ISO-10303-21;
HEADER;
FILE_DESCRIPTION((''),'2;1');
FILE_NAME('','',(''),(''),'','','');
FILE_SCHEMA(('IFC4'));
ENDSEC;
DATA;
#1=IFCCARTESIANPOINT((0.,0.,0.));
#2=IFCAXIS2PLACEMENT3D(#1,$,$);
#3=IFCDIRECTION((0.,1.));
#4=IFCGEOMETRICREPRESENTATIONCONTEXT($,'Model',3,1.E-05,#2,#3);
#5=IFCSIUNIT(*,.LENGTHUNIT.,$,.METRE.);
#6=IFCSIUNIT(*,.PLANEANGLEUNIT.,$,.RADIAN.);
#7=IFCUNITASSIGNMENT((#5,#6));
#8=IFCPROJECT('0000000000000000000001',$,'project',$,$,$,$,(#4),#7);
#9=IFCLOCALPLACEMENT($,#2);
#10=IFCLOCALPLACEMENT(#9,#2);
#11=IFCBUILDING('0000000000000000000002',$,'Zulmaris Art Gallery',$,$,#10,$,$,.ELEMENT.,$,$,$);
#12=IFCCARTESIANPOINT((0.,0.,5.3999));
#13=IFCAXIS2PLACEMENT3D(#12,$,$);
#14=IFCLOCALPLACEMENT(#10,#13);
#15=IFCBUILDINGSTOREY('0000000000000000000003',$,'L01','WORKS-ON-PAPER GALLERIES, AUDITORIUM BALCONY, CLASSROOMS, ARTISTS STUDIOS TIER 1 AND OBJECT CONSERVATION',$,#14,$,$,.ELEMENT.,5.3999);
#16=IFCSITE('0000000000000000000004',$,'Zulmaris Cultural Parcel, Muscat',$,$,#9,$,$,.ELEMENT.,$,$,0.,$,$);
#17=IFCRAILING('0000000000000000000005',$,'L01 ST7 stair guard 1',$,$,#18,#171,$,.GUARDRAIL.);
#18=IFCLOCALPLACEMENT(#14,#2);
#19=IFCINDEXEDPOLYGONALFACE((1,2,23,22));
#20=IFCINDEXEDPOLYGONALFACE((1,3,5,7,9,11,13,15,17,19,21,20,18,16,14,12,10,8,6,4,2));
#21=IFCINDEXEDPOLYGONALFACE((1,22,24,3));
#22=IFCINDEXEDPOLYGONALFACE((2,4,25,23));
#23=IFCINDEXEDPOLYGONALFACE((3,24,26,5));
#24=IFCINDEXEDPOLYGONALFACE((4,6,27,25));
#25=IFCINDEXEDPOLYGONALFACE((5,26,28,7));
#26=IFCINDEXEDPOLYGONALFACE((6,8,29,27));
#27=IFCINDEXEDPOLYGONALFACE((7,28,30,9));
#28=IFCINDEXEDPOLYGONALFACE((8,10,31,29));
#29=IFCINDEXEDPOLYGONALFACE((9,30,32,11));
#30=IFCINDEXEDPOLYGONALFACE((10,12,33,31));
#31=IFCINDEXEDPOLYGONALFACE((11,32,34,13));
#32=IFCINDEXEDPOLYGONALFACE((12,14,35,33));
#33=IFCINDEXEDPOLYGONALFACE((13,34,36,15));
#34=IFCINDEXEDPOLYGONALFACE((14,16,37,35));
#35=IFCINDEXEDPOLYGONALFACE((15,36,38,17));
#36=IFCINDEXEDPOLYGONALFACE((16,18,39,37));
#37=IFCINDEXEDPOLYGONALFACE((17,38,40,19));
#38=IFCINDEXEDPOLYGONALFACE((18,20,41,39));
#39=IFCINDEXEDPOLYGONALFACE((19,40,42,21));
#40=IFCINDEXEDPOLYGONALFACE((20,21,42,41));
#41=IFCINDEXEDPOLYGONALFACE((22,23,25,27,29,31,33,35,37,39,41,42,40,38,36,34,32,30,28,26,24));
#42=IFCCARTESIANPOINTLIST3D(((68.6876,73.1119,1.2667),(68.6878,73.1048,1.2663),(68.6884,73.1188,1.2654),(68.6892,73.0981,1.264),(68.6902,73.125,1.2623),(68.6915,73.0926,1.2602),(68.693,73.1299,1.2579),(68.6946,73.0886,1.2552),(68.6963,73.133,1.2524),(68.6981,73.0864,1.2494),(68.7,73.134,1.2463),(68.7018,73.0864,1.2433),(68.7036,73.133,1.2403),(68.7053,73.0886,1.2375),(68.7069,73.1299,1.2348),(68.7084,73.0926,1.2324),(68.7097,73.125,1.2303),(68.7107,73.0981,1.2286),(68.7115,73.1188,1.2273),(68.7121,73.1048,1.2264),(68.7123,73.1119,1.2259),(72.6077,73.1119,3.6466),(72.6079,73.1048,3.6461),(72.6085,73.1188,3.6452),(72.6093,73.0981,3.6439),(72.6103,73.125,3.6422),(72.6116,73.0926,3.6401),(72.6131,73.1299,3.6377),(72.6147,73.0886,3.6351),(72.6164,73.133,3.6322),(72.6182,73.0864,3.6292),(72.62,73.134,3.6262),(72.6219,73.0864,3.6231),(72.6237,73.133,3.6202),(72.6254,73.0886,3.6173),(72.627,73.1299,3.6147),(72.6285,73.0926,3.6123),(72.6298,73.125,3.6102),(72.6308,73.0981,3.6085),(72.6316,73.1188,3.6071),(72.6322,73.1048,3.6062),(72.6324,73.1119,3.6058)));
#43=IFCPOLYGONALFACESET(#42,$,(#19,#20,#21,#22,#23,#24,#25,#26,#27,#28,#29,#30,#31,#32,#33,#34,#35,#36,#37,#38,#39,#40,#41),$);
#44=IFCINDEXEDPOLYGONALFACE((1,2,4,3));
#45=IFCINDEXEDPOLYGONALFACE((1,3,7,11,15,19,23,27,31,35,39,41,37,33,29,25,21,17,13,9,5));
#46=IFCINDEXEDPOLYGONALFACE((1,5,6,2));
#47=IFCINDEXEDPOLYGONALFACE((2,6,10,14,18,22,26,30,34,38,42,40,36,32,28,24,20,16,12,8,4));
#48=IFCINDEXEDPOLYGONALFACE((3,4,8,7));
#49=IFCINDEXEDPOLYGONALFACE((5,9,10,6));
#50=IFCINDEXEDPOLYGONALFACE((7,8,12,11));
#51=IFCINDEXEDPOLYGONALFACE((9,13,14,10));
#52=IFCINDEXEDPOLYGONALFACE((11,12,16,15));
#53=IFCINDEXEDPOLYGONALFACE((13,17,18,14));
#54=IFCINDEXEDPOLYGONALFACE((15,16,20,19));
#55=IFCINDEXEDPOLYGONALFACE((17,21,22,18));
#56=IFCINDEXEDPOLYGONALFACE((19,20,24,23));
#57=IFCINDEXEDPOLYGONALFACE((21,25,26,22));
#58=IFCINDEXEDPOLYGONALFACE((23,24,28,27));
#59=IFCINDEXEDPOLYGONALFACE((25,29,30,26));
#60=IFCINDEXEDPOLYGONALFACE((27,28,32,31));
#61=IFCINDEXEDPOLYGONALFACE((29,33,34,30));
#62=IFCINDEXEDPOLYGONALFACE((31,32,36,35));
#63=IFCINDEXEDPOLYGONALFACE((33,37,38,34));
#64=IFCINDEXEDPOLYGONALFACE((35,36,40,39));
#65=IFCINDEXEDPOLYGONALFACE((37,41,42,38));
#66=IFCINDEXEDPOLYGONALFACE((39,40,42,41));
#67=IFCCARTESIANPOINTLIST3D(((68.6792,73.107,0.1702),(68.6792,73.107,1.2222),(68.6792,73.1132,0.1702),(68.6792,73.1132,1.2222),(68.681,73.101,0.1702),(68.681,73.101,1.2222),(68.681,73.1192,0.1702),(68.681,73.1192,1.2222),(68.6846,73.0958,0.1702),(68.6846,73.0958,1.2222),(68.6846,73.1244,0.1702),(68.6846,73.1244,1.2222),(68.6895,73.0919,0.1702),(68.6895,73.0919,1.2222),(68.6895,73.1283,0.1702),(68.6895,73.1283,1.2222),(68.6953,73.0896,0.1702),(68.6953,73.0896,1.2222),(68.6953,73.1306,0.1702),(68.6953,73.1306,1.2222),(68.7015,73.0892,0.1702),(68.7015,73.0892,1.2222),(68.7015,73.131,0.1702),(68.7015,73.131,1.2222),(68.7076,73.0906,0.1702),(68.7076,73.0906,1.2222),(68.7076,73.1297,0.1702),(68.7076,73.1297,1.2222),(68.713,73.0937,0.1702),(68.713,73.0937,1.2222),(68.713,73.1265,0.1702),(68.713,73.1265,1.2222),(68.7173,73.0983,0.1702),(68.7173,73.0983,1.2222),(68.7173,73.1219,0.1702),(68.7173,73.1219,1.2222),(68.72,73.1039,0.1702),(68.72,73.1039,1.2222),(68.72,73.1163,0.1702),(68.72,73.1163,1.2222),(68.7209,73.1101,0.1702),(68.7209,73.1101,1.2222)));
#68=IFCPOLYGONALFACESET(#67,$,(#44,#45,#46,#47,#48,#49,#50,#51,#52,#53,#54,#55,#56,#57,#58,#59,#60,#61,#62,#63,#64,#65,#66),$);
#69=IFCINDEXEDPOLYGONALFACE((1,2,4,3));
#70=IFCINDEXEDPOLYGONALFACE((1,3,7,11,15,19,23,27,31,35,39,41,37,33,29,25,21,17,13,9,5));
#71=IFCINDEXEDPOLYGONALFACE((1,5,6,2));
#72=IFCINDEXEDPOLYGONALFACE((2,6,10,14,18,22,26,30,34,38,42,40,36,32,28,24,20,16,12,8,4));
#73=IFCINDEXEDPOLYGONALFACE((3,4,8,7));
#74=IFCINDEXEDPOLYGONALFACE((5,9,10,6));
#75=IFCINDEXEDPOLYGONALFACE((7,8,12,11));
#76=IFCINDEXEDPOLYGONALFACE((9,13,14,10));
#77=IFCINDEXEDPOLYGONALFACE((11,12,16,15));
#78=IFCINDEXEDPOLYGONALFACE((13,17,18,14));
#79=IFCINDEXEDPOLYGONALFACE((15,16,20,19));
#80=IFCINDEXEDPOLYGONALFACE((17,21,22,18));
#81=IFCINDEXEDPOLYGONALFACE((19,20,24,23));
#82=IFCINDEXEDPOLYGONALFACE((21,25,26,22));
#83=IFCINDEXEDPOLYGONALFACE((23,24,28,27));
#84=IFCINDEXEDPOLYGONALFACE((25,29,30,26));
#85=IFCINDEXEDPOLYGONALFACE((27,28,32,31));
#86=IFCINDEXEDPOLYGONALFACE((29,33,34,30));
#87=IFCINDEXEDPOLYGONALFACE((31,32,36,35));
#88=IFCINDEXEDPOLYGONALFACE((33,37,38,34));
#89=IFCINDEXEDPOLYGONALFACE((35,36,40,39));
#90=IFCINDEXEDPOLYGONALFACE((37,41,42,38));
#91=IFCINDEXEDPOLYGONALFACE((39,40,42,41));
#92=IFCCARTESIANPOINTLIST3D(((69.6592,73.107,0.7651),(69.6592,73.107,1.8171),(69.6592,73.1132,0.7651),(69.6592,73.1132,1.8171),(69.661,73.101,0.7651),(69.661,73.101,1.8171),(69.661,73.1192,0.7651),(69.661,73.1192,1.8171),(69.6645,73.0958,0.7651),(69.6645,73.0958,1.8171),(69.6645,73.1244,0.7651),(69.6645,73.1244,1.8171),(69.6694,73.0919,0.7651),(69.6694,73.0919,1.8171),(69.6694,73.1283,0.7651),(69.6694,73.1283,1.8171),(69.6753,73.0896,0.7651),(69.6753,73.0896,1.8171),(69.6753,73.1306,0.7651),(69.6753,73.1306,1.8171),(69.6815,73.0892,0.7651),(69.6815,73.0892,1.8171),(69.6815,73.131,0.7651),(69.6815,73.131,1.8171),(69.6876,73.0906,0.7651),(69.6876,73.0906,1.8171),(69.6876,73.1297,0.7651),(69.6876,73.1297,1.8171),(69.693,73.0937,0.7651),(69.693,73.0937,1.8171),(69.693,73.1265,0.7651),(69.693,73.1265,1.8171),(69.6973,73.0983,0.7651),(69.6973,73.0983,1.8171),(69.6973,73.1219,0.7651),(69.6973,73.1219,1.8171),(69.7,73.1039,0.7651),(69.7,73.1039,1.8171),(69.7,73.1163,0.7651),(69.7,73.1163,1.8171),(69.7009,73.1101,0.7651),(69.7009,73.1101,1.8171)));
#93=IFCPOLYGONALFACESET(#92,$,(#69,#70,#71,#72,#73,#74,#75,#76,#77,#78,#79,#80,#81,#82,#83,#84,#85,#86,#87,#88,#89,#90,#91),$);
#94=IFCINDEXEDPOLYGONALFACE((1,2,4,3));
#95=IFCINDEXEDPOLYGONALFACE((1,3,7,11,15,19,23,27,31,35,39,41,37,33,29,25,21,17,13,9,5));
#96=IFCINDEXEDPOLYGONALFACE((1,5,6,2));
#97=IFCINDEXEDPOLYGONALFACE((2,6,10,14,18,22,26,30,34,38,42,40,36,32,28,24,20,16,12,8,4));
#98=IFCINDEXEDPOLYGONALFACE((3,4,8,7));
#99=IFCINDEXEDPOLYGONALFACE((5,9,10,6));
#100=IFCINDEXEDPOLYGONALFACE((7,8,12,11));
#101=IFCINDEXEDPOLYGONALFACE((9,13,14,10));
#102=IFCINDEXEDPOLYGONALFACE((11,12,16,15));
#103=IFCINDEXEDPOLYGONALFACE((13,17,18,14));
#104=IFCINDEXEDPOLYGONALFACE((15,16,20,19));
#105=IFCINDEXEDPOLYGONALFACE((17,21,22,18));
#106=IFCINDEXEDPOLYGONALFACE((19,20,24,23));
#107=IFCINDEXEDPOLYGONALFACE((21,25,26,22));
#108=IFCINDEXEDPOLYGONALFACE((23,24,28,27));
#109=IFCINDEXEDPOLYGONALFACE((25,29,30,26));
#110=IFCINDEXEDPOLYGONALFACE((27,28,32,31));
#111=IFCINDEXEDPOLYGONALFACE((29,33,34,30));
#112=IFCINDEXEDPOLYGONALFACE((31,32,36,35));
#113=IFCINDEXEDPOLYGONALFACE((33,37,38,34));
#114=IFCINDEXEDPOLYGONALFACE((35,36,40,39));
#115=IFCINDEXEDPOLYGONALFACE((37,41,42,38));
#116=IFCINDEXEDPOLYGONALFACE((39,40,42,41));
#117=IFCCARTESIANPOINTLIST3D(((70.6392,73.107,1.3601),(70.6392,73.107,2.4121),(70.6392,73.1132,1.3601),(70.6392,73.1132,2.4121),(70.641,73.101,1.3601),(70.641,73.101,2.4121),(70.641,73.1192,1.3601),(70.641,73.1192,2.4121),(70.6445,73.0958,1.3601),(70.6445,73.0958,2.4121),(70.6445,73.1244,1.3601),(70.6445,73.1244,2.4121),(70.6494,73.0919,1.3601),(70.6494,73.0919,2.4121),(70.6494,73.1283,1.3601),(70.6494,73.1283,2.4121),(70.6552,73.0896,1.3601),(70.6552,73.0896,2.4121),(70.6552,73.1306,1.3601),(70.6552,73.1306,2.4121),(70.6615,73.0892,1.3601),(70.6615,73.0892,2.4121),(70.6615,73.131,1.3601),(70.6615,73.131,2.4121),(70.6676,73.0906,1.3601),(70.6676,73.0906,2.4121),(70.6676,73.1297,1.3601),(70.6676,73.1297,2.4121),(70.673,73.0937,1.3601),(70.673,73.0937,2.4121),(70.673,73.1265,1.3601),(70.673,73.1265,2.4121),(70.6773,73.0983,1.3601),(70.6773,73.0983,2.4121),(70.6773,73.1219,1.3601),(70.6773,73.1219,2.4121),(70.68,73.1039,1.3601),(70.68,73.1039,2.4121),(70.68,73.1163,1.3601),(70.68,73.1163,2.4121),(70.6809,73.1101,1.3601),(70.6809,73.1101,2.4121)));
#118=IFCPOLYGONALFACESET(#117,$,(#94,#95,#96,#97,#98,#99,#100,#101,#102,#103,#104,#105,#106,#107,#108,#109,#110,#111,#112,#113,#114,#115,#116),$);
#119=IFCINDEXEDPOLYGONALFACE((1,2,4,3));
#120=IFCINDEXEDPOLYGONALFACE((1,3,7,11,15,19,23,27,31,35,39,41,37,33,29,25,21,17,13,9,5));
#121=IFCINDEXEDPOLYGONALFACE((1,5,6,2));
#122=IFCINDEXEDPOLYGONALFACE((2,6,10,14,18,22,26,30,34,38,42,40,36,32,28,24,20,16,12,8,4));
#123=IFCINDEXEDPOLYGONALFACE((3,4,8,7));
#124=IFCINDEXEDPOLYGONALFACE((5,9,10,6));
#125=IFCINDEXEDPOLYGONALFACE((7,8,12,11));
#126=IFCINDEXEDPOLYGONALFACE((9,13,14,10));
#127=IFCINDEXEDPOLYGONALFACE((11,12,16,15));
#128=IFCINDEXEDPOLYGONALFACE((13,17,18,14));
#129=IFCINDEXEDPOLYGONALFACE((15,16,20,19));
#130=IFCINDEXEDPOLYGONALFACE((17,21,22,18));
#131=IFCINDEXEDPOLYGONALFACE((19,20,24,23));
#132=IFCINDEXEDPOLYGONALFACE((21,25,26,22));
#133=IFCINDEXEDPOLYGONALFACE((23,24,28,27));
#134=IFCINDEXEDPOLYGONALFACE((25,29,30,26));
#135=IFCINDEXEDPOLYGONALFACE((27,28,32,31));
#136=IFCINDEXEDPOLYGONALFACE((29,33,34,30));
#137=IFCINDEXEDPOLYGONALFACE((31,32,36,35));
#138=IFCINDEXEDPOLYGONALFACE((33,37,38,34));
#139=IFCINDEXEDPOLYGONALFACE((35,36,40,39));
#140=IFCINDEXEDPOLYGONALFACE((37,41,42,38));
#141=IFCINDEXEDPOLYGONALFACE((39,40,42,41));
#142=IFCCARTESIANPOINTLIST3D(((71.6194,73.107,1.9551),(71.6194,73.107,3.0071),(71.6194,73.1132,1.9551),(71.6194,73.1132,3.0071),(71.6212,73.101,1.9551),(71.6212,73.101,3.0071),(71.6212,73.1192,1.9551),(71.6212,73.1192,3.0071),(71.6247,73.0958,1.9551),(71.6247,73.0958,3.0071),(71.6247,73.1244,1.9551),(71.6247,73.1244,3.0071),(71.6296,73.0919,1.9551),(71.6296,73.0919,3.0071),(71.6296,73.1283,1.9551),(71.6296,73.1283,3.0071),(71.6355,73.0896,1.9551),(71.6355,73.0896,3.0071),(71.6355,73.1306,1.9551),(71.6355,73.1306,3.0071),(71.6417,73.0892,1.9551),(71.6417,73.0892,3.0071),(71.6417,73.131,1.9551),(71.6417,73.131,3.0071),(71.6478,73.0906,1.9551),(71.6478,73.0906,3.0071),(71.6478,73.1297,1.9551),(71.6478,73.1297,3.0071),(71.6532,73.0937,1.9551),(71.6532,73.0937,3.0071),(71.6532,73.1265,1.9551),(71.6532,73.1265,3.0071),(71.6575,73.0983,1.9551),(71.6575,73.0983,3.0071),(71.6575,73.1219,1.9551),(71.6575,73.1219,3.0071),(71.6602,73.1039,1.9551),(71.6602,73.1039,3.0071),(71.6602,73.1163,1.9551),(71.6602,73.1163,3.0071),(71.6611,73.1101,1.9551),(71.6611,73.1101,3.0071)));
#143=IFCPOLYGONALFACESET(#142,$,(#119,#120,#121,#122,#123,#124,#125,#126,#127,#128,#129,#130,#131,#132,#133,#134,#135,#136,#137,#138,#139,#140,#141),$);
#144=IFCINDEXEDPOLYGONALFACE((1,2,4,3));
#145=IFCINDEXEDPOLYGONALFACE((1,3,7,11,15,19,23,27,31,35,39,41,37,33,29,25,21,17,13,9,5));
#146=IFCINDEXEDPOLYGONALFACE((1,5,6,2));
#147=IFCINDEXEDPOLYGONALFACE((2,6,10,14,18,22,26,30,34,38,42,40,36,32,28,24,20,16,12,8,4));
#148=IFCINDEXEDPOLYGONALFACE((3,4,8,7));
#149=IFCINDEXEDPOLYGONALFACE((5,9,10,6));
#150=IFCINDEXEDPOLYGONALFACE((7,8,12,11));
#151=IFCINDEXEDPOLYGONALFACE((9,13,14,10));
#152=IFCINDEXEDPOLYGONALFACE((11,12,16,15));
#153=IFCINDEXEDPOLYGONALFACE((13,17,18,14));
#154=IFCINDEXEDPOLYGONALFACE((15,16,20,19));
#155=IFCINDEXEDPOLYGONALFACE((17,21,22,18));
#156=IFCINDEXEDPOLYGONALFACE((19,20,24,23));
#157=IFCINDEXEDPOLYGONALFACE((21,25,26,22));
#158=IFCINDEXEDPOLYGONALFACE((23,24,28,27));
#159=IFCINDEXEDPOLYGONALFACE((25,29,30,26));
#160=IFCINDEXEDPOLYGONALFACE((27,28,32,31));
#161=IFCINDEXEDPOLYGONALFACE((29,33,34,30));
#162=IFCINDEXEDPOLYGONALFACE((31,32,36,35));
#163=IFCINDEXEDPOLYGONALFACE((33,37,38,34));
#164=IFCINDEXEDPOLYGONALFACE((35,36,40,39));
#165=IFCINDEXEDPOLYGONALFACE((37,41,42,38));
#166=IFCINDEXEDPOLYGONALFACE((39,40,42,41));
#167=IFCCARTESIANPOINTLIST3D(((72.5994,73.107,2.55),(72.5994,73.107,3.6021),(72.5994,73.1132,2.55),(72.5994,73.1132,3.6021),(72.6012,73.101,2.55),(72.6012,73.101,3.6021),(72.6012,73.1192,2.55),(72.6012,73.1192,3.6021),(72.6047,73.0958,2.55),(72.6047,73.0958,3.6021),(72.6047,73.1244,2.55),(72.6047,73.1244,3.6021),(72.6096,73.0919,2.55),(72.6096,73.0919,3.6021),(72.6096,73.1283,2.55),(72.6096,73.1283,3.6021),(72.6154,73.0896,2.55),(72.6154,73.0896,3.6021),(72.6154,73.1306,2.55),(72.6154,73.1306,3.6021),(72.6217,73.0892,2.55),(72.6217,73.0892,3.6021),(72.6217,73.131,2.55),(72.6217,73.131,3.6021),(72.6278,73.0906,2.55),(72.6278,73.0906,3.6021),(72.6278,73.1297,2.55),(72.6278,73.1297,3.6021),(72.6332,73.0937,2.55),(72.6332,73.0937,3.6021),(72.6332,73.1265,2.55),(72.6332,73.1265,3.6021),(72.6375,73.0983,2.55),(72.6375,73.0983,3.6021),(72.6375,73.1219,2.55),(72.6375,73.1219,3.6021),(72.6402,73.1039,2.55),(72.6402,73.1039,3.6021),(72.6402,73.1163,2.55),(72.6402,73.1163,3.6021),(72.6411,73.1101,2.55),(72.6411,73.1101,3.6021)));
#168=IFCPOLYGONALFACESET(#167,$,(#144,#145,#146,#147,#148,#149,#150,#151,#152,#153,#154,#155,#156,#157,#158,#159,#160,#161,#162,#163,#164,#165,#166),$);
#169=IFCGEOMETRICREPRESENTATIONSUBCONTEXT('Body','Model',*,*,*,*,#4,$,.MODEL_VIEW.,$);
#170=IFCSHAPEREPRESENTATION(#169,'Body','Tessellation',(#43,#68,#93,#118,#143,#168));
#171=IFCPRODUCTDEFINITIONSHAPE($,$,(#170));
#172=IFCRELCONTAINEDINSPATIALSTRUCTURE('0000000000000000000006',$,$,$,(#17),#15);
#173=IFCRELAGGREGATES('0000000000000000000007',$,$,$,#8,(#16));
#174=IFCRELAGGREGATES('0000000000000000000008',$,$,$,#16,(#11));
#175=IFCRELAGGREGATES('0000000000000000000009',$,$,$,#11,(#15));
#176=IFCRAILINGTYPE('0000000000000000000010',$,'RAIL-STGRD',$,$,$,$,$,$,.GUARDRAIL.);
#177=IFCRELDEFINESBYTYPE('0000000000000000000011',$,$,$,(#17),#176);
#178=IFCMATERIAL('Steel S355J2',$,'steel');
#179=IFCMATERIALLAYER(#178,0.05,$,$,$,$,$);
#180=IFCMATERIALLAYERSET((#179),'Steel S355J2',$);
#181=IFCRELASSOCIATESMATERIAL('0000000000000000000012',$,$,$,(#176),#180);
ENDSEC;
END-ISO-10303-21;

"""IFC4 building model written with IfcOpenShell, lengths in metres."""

from ifc_helpers import new_model, si_unit, direction, frame, origin, origin_2d, place, context, subcontext, project, spatial, circle, extrude, material, layer, layer_set, type_object, element, save


model = new_model("IFC4")

# Units and contexts
model_context = context("Model", 3, precision=1e-05, world=origin(), true_north=direction((0.0, 1.0)))
body_context = subcontext(model_context, "Body", "Model", "MODEL_VIEW")
ifc_project = project(units=[si_unit("LENGTHUNIT", "METRE"), si_unit("PLANEANGLEUNIT", "RADIAN")], contexts=[model_context])

# Site, building, storey
site_placement = place(None, origin())
site = spatial("IfcSite", under=ifc_project, at=site_placement, Name="Zulmaris Cultural Parcel, Muscat", CompositionType="ELEMENT", RefElevation=0.0)
building_placement = place(site_placement, origin())
building = spatial("IfcBuilding", under=site, at=building_placement, Name="Zulmaris Art Gallery", CompositionType="ELEMENT")
storey_placement = place(building_placement, frame((0.0, 0.0, 5.3999)))
storey = spatial("IfcBuildingStorey", under=building, at=storey_placement, Name="L01", Description="WORKS-ON-PAPER GALLERIES, AUDITORIUM BALCONY, CLASSROOMS, ARTISTS STUDIOS TIER 1 AND OBJECT CONSERVATION", CompositionType="ELEMENT", Elevation=5.3999)

# Shared definitions
ifc_material_1 = material(Name="Steel S355J2", Category="steel")

# Railing
ifc_layer_1 = layer(ifc_material_1, 0.05)
ifc_layer_set_1 = layer_set([ifc_layer_1], Name="Steel S355J2")
railing_type_1 = type_object("IfcRailingType", Name="RAIL-STGRD", PredefinedType="GUARDRAIL", material=ifc_layer_set_1)
railing_1_placement = place(storey_placement, frame((68.7, 73.1101, 0.1702)))
element("IfcRailing", 1, at=railing_1_placement, inside=storey, type_object=railing_type_1, Name="L01 ST7 stair guard 1", PredefinedType="GUARDRAIL", context=body_context, shape_type="SweptSolid", body=[
    extrude(circle(Radius=0.0239, at=origin_2d()), frame((0.0, 0.0, 1.0762), z_axis=(0.854809, 0.0, 0.518943), x_axis=(0.0, 1.0, 0.0)), (0.0, 0.0, 1.0), 4.5859),
    extrude(circle(Radius=0.021, at=origin_2d()), origin(), (0.0, 0.0, 1.0), 1.052),
    extrude(circle(Radius=0.021, at=origin_2d()), frame((0.98, 0.0, 0.595)), (0.0, 0.0, 1.0), 1.052),
    extrude(circle(Radius=0.021, at=origin_2d()), frame((1.96, 0.0, 1.1899)), (0.0, 0.0, 1.0), 1.052),
    extrude(circle(Radius=0.021, at=origin_2d()), frame((2.9402, 0.0, 1.7849)), (0.0, 0.0, 1.0), 1.052),
    extrude(circle(Radius=0.021, at=origin_2d()), frame((3.9202, 0.0, 2.3799)), (0.0, 0.0, 1.0), 1.052),
])

save(model, "model.ifc")
